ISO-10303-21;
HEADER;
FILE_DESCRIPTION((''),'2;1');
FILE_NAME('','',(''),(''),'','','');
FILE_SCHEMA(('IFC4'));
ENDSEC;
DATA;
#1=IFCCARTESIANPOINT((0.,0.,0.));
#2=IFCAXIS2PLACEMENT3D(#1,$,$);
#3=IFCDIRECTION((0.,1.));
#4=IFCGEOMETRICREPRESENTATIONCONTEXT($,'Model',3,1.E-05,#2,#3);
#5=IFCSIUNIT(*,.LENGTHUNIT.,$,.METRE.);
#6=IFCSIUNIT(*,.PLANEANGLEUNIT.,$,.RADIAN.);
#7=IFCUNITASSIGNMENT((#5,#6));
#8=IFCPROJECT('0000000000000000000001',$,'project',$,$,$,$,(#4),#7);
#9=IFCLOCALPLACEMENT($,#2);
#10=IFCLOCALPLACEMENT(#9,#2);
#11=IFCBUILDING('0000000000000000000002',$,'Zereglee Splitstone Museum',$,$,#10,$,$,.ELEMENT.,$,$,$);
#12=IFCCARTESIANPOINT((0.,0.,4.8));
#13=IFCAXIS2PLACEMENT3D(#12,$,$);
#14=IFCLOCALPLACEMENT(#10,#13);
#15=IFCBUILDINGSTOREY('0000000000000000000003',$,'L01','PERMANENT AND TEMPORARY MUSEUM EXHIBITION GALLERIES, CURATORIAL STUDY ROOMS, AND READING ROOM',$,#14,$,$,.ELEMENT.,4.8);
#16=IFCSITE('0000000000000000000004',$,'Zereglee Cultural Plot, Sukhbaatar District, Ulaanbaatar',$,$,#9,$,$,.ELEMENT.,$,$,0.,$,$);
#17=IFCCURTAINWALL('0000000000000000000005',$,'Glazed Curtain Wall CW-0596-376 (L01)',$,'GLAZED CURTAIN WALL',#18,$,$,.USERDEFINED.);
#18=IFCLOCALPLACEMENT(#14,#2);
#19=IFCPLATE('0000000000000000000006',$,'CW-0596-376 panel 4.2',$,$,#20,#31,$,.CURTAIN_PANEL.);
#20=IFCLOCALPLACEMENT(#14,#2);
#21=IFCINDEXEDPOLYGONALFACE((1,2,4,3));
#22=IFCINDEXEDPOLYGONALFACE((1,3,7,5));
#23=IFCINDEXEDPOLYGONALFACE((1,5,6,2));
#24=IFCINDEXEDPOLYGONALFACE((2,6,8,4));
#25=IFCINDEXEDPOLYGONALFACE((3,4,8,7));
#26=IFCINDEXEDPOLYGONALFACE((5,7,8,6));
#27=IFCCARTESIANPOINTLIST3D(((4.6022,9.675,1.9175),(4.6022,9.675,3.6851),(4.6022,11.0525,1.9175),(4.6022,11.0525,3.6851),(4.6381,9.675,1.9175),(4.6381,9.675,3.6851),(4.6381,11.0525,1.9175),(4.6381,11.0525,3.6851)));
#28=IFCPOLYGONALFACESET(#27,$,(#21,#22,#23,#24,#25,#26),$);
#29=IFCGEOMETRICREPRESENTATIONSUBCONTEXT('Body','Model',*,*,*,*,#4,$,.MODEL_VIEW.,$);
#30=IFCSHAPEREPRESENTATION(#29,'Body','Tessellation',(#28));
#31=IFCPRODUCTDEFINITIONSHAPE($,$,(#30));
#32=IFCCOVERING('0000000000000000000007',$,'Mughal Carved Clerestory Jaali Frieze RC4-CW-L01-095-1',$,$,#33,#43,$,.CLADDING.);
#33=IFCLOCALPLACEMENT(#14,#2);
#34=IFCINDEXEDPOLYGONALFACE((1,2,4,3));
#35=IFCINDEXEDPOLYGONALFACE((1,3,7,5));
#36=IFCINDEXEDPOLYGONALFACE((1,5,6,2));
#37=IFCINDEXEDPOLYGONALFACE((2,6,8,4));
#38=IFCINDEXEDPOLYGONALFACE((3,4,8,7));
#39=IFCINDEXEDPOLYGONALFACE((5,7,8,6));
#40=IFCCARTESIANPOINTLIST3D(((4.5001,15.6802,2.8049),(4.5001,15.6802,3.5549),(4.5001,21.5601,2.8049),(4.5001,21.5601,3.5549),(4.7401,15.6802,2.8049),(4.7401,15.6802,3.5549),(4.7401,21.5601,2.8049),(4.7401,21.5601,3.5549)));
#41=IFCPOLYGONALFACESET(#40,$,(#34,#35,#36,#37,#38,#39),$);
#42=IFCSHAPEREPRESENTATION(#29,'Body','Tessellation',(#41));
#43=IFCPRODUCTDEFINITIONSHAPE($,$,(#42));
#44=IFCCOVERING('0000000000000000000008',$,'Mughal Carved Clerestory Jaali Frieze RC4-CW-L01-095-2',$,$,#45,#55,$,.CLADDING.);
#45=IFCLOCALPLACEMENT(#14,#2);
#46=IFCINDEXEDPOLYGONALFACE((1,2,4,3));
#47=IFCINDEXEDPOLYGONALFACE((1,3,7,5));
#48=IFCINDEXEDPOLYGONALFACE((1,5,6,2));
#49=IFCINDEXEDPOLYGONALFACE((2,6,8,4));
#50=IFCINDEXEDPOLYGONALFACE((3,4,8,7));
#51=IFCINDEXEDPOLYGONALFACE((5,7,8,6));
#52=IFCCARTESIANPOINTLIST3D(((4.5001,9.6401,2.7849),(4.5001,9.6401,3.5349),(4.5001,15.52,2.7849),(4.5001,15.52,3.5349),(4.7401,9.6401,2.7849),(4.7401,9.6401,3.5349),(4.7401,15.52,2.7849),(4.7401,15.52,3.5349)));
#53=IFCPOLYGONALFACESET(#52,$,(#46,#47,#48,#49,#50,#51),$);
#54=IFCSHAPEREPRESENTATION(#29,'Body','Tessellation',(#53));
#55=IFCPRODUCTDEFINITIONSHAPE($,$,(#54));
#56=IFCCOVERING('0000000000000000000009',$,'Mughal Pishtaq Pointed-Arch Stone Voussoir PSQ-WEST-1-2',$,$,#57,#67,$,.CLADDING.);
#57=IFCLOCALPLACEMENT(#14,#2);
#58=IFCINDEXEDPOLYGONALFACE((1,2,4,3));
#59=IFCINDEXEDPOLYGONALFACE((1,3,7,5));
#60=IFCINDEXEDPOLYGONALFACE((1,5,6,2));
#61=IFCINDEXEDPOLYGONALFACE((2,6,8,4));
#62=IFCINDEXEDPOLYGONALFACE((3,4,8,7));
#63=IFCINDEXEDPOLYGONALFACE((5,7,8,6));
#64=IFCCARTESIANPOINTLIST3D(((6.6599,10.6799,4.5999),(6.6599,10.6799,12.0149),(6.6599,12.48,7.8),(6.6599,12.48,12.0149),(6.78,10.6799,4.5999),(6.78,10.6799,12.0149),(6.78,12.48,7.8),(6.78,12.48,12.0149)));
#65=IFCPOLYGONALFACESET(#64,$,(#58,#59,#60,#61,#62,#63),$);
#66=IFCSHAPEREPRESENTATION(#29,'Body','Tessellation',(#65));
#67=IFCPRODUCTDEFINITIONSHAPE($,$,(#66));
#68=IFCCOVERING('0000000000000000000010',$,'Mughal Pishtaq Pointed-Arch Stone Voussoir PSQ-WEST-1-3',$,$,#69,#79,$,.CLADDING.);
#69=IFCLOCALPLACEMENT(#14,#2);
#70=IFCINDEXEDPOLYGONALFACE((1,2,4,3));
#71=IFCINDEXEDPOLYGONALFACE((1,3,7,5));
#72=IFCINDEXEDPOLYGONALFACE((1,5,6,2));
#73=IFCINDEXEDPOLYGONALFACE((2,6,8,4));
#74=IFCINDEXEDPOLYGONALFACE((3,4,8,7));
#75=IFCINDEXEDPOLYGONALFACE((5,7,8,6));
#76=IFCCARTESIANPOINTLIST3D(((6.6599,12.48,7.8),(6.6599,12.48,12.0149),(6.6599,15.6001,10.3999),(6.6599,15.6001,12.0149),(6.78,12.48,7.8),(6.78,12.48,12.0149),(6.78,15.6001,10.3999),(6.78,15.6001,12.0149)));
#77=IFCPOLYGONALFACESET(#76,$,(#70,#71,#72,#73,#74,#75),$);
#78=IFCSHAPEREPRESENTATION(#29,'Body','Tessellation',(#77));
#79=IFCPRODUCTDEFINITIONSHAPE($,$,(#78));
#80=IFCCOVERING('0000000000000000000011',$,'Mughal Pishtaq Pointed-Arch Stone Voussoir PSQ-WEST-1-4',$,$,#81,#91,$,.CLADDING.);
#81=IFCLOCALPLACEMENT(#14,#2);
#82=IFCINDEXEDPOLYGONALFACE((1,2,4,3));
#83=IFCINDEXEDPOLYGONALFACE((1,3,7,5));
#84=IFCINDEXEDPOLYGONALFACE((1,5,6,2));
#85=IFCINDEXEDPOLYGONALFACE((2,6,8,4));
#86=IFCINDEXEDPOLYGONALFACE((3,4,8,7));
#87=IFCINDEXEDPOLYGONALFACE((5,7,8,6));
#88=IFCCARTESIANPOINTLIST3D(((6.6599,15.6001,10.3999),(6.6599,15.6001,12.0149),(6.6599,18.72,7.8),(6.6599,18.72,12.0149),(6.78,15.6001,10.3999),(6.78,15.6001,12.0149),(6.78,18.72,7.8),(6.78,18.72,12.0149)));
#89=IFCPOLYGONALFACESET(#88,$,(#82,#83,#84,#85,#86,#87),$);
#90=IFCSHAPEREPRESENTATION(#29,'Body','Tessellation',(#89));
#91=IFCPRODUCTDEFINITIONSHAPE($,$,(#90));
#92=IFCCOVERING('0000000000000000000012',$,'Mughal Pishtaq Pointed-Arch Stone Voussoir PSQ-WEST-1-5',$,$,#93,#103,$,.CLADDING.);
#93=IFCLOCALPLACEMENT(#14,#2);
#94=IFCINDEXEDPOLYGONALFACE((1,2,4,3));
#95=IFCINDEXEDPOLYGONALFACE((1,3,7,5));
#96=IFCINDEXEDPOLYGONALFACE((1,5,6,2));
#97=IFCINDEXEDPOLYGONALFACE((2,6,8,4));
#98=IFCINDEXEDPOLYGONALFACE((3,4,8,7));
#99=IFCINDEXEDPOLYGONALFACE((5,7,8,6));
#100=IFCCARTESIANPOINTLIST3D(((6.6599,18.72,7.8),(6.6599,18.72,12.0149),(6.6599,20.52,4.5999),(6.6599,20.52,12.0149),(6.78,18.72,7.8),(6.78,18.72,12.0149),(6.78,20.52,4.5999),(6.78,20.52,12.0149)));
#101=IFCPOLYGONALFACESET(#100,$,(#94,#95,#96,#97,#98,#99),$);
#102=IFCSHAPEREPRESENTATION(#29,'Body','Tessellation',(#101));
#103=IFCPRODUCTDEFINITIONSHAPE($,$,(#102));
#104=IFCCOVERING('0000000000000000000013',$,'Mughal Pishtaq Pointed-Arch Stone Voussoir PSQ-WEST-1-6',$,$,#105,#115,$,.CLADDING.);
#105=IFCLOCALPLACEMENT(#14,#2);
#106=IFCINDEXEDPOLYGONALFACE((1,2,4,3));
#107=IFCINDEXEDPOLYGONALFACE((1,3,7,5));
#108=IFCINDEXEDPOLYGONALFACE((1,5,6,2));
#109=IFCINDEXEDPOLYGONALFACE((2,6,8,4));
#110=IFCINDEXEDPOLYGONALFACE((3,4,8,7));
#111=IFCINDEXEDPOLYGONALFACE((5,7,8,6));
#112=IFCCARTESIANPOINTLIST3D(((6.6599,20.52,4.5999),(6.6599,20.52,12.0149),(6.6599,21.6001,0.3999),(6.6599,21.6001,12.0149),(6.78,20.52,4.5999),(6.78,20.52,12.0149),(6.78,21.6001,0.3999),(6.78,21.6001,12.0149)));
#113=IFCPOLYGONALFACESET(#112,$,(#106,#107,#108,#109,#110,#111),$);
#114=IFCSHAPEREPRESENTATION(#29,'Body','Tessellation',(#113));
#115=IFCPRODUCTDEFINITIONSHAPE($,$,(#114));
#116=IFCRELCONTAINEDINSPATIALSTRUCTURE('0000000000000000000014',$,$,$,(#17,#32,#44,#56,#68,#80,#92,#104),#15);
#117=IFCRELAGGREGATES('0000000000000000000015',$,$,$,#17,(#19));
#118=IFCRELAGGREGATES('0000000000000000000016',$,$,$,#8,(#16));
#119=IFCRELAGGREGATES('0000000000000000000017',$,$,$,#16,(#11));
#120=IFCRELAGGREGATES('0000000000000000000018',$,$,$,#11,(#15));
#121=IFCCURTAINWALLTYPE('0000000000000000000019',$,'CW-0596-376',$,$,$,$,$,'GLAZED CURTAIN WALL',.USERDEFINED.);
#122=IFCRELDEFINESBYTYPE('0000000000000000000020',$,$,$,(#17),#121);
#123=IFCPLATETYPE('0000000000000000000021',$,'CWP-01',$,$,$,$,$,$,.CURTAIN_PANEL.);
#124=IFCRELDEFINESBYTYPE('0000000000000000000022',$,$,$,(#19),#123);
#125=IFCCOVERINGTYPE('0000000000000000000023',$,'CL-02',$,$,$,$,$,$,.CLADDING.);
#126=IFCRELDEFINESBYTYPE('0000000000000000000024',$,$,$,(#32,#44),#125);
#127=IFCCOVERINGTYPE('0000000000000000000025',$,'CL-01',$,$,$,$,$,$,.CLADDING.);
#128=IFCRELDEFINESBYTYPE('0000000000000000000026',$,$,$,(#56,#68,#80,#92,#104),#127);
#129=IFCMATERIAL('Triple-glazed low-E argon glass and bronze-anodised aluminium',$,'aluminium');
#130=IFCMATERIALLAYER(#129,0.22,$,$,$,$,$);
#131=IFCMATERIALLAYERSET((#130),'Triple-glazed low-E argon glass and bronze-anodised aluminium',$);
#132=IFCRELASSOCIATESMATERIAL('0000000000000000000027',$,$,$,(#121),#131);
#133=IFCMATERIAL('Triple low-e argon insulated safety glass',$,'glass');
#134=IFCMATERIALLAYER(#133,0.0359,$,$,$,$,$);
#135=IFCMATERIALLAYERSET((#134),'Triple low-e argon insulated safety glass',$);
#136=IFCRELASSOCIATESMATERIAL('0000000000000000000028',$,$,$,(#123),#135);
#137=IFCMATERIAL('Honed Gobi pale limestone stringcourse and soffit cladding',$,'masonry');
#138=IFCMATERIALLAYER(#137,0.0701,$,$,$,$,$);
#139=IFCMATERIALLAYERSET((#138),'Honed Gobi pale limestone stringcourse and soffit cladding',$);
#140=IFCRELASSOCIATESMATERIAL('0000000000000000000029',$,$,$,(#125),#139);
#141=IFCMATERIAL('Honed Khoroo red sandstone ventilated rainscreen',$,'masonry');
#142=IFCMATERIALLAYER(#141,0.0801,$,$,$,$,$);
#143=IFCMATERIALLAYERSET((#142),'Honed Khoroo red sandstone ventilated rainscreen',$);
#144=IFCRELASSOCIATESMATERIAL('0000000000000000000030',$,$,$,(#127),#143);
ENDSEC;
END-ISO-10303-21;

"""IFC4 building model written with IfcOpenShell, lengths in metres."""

from ifc_helpers import new_model, si_unit, direction, frame, origin, origin_2d, place, context, subcontext, project, spatial, polyline, rectangle, outline, extrude, material, layer, layer_set, type_object, element, aggregate, save


model = new_model("IFC4")

# Units and contexts
model_context = context("Model", 3, precision=1e-05, world=origin(), true_north=direction((0.0, 1.0)))
body_context = subcontext(model_context, "Body", "Model", "MODEL_VIEW")
ifc_project = project(units=[si_unit("LENGTHUNIT", "METRE"), si_unit("PLANEANGLEUNIT", "RADIAN")], contexts=[model_context])

# Site, building, storey
site_placement = place(None, origin())
site = spatial("IfcSite", under=ifc_project, at=site_placement, Name="Zereglee Cultural Plot, Sukhbaatar District, Ulaanbaatar", CompositionType="ELEMENT", RefElevation=0.0)
building_placement = place(site_placement, origin())
building = spatial("IfcBuilding", under=site, at=building_placement, Name="Zereglee Splitstone Museum", CompositionType="ELEMENT")
storey_placement = place(building_placement, frame((0.0, 0.0, 4.8)))
storey = spatial("IfcBuildingStorey", under=building, at=storey_placement, Name="L01", Description="PERMANENT AND TEMPORARY MUSEUM EXHIBITION GALLERIES, CURATORIAL STUDY ROOMS, AND READING ROOM", CompositionType="ELEMENT", Elevation=4.8)

# Curtain wall
ifc_material_1 = material(Name="Triple-glazed low-E argon glass and bronze-anodised aluminium", Category="aluminium")
ifc_layer_1 = layer(ifc_material_1, 0.22)
ifc_layer_set_1 = layer_set([ifc_layer_1], Name="Triple-glazed low-E argon glass and bronze-anodised aluminium")
curtain_wall_type_1 = type_object("IfcCurtainWallType", Name="CW-0596-376", ElementType="GLAZED CURTAIN WALL", PredefinedType="USERDEFINED", material=ifc_layer_set_1)
curtain_wall_1_placement = place(storey_placement, origin())
curtain_wall_1 = element("IfcCurtainWall", 1, at=curtain_wall_1_placement, inside=storey, type_object=curtain_wall_type_1, Name="Glazed Curtain Wall CW-0596-376 (L01)", ObjectType="GLAZED CURTAIN WALL", PredefinedType="USERDEFINED")

# Plate
ifc_material_2 = material(Name="Triple low-e argon insulated safety glass", Category="glass")
ifc_layer_2 = layer(ifc_material_2, 0.0359)
ifc_layer_set_2 = layer_set([ifc_layer_2], Name="Triple low-e argon insulated safety glass")
plate_type = type_object("IfcPlateType", Name="CWP-01", PredefinedType="CURTAIN_PANEL", material=ifc_layer_set_2)
plate_1_placement = place(storey_placement, frame((4.6201, 10.3638, 1.9175), z_axis=(0.0, 0.0, 1.0), x_axis=(0.0, -1.0, 0.0)))
plate_1 = element("IfcPlate", 2, at=plate_1_placement, type_object=plate_type, Name="CW-0596-376 panel 4.2", PredefinedType="CURTAIN_PANEL", context=body_context, shape_type="SweptSolid", body=[
    extrude(rectangle(XDim=1.3774, YDim=0.0359, at=origin_2d()), origin(), (0.0, 0.0, 1.0), 1.7676),
])
aggregate(curtain_wall_1, [plate_1])

# Coverings
ifc_material_3 = material(Name="Honed Gobi pale limestone stringcourse and soffit cladding", Category="masonry")
ifc_layer_3 = layer(ifc_material_3, 0.0701)
ifc_layer_set_3 = layer_set([ifc_layer_3], Name="Honed Gobi pale limestone stringcourse and soffit cladding")
covering_type_1 = type_object("IfcCoveringType", Name="CL-02", PredefinedType="CLADDING", material=ifc_layer_set_3)
for number, where, z_axis, x_axis, name in (
    (3, (4.6201, 18.6201, 2.8049), (0.0, 0.0, 1.0), (0.0, -1.0, 0.0), "Mughal Carved Clerestory Jaali Frieze RC4-CW-L01-095-1"),
    (4, (4.6201, 12.5801, 2.7849), (0.0, 0.0, 1.0), (0.0, -1.0, 0.0), "Mughal Carved Clerestory Jaali Frieze RC4-CW-L01-095-2"),
):
    element("IfcCovering", number, at=place(storey_placement, frame(where, z_axis=z_axis, x_axis=x_axis)), inside=storey, type_object=covering_type_1, Name=name, PredefinedType="CLADDING", context=body_context, shape_type="SweptSolid", body=[
        extrude(rectangle(XDim=5.8799, YDim=0.24, at=origin_2d()), origin(), (0.0, 0.0, 1.0), 0.75),
    ])
ifc_material_4 = material(Name="Honed Khoroo red sandstone ventilated rainscreen", Category="masonry")
ifc_layer_4 = layer(ifc_material_4, 0.0801)
ifc_layer_set_4 = layer_set([ifc_layer_4], Name="Honed Khoroo red sandstone ventilated rainscreen")
covering_type_2 = type_object("IfcCoveringType", Name="CL-01", PredefinedType="CLADDING", material=ifc_layer_set_4)
covering_1_placement = place(storey_placement, frame((6.6599, 10.6799, 12.0149), z_axis=(-1.0, 0.0, 0.0), x_axis=(0.0, 1.0, 0.0)))
element("IfcCovering", 5, at=covering_1_placement, inside=storey, type_object=covering_type_2, Name="Mughal Pishtaq Pointed-Arch Stone Voussoir PSQ-WEST-1-2", PredefinedType="CLADDING", context=body_context, shape_type="SweptSolid", body=[
    extrude(outline(polyline([(0.0, 0.0), (1.8, 0.0), (1.8, 4.2148), (0.0, 7.415), (0.0, 0.0)])), origin(), (0.0, 0.0, -1.0), 0.1201),
])
covering_2_placement = place(storey_placement, frame((6.6599, 12.48, 12.0149), z_axis=(-1.0, 0.0, 0.0), x_axis=(0.0, 1.0, 0.0)))
element("IfcCovering", 6, at=covering_2_placement, inside=storey, type_object=covering_type_2, Name="Mughal Pishtaq Pointed-Arch Stone Voussoir PSQ-WEST-1-3", PredefinedType="CLADDING", context=body_context, shape_type="SweptSolid", body=[
    extrude(outline(polyline([(0.0, 0.0), (3.1201, 0.0), (3.1201, 1.615), (0.0, 4.2148), (0.0, 0.0)])), origin(), (0.0, 0.0, -1.0), 0.1201),
])
covering_3_placement = place(storey_placement, frame((6.6599, 15.6001, 12.0149), z_axis=(-1.0, 0.0, 0.0), x_axis=(0.0, 1.0, 0.0)))
element("IfcCovering", 7, at=covering_3_placement, inside=storey, type_object=covering_type_2, Name="Mughal Pishtaq Pointed-Arch Stone Voussoir PSQ-WEST-1-4", PredefinedType="CLADDING", context=body_context, shape_type="SweptSolid", body=[
    extrude(outline(polyline([(0.0, 0.0), (3.1199, 0.0), (3.1199, 4.2148), (0.0, 1.615), (0.0, 0.0)])), origin(), (0.0, 0.0, -1.0), 0.1201),
])
covering_4_placement = place(storey_placement, frame((6.6599, 18.72, 12.0149), z_axis=(-1.0, 0.0, 0.0), x_axis=(0.0, 1.0, 0.0)))
element("IfcCovering", 8, at=covering_4_placement, inside=storey, type_object=covering_type_2, Name="Mughal Pishtaq Pointed-Arch Stone Voussoir PSQ-WEST-1-5", PredefinedType="CLADDING", context=body_context, shape_type="SweptSolid", body=[
    extrude(outline(polyline([(0.0, 0.0), (1.8, 0.0), (1.8, 7.415), (0.0, 4.2148), (0.0, 0.0)])), origin(), (0.0, 0.0, -1.0), 0.1201),
])
covering_5_placement = place(storey_placement, frame((6.6599, 20.52, 12.0149), z_axis=(-1.0, 0.0, 0.0), x_axis=(0.0, 1.0, 0.0)))
element("IfcCovering", 9, at=covering_5_placement, inside=storey, type_object=covering_type_2, Name="Mughal Pishtaq Pointed-Arch Stone Voussoir PSQ-WEST-1-6", PredefinedType="CLADDING", context=body_context, shape_type="SweptSolid", body=[
    extrude(outline(polyline([(0.0, 0.0), (1.0801, 0.0), (1.0801, 11.615), (0.0, 7.415), (0.0, 0.0)])), origin(), (0.0, 0.0, -1.0), 0.1201),
])

save(model, "model.ifc")
